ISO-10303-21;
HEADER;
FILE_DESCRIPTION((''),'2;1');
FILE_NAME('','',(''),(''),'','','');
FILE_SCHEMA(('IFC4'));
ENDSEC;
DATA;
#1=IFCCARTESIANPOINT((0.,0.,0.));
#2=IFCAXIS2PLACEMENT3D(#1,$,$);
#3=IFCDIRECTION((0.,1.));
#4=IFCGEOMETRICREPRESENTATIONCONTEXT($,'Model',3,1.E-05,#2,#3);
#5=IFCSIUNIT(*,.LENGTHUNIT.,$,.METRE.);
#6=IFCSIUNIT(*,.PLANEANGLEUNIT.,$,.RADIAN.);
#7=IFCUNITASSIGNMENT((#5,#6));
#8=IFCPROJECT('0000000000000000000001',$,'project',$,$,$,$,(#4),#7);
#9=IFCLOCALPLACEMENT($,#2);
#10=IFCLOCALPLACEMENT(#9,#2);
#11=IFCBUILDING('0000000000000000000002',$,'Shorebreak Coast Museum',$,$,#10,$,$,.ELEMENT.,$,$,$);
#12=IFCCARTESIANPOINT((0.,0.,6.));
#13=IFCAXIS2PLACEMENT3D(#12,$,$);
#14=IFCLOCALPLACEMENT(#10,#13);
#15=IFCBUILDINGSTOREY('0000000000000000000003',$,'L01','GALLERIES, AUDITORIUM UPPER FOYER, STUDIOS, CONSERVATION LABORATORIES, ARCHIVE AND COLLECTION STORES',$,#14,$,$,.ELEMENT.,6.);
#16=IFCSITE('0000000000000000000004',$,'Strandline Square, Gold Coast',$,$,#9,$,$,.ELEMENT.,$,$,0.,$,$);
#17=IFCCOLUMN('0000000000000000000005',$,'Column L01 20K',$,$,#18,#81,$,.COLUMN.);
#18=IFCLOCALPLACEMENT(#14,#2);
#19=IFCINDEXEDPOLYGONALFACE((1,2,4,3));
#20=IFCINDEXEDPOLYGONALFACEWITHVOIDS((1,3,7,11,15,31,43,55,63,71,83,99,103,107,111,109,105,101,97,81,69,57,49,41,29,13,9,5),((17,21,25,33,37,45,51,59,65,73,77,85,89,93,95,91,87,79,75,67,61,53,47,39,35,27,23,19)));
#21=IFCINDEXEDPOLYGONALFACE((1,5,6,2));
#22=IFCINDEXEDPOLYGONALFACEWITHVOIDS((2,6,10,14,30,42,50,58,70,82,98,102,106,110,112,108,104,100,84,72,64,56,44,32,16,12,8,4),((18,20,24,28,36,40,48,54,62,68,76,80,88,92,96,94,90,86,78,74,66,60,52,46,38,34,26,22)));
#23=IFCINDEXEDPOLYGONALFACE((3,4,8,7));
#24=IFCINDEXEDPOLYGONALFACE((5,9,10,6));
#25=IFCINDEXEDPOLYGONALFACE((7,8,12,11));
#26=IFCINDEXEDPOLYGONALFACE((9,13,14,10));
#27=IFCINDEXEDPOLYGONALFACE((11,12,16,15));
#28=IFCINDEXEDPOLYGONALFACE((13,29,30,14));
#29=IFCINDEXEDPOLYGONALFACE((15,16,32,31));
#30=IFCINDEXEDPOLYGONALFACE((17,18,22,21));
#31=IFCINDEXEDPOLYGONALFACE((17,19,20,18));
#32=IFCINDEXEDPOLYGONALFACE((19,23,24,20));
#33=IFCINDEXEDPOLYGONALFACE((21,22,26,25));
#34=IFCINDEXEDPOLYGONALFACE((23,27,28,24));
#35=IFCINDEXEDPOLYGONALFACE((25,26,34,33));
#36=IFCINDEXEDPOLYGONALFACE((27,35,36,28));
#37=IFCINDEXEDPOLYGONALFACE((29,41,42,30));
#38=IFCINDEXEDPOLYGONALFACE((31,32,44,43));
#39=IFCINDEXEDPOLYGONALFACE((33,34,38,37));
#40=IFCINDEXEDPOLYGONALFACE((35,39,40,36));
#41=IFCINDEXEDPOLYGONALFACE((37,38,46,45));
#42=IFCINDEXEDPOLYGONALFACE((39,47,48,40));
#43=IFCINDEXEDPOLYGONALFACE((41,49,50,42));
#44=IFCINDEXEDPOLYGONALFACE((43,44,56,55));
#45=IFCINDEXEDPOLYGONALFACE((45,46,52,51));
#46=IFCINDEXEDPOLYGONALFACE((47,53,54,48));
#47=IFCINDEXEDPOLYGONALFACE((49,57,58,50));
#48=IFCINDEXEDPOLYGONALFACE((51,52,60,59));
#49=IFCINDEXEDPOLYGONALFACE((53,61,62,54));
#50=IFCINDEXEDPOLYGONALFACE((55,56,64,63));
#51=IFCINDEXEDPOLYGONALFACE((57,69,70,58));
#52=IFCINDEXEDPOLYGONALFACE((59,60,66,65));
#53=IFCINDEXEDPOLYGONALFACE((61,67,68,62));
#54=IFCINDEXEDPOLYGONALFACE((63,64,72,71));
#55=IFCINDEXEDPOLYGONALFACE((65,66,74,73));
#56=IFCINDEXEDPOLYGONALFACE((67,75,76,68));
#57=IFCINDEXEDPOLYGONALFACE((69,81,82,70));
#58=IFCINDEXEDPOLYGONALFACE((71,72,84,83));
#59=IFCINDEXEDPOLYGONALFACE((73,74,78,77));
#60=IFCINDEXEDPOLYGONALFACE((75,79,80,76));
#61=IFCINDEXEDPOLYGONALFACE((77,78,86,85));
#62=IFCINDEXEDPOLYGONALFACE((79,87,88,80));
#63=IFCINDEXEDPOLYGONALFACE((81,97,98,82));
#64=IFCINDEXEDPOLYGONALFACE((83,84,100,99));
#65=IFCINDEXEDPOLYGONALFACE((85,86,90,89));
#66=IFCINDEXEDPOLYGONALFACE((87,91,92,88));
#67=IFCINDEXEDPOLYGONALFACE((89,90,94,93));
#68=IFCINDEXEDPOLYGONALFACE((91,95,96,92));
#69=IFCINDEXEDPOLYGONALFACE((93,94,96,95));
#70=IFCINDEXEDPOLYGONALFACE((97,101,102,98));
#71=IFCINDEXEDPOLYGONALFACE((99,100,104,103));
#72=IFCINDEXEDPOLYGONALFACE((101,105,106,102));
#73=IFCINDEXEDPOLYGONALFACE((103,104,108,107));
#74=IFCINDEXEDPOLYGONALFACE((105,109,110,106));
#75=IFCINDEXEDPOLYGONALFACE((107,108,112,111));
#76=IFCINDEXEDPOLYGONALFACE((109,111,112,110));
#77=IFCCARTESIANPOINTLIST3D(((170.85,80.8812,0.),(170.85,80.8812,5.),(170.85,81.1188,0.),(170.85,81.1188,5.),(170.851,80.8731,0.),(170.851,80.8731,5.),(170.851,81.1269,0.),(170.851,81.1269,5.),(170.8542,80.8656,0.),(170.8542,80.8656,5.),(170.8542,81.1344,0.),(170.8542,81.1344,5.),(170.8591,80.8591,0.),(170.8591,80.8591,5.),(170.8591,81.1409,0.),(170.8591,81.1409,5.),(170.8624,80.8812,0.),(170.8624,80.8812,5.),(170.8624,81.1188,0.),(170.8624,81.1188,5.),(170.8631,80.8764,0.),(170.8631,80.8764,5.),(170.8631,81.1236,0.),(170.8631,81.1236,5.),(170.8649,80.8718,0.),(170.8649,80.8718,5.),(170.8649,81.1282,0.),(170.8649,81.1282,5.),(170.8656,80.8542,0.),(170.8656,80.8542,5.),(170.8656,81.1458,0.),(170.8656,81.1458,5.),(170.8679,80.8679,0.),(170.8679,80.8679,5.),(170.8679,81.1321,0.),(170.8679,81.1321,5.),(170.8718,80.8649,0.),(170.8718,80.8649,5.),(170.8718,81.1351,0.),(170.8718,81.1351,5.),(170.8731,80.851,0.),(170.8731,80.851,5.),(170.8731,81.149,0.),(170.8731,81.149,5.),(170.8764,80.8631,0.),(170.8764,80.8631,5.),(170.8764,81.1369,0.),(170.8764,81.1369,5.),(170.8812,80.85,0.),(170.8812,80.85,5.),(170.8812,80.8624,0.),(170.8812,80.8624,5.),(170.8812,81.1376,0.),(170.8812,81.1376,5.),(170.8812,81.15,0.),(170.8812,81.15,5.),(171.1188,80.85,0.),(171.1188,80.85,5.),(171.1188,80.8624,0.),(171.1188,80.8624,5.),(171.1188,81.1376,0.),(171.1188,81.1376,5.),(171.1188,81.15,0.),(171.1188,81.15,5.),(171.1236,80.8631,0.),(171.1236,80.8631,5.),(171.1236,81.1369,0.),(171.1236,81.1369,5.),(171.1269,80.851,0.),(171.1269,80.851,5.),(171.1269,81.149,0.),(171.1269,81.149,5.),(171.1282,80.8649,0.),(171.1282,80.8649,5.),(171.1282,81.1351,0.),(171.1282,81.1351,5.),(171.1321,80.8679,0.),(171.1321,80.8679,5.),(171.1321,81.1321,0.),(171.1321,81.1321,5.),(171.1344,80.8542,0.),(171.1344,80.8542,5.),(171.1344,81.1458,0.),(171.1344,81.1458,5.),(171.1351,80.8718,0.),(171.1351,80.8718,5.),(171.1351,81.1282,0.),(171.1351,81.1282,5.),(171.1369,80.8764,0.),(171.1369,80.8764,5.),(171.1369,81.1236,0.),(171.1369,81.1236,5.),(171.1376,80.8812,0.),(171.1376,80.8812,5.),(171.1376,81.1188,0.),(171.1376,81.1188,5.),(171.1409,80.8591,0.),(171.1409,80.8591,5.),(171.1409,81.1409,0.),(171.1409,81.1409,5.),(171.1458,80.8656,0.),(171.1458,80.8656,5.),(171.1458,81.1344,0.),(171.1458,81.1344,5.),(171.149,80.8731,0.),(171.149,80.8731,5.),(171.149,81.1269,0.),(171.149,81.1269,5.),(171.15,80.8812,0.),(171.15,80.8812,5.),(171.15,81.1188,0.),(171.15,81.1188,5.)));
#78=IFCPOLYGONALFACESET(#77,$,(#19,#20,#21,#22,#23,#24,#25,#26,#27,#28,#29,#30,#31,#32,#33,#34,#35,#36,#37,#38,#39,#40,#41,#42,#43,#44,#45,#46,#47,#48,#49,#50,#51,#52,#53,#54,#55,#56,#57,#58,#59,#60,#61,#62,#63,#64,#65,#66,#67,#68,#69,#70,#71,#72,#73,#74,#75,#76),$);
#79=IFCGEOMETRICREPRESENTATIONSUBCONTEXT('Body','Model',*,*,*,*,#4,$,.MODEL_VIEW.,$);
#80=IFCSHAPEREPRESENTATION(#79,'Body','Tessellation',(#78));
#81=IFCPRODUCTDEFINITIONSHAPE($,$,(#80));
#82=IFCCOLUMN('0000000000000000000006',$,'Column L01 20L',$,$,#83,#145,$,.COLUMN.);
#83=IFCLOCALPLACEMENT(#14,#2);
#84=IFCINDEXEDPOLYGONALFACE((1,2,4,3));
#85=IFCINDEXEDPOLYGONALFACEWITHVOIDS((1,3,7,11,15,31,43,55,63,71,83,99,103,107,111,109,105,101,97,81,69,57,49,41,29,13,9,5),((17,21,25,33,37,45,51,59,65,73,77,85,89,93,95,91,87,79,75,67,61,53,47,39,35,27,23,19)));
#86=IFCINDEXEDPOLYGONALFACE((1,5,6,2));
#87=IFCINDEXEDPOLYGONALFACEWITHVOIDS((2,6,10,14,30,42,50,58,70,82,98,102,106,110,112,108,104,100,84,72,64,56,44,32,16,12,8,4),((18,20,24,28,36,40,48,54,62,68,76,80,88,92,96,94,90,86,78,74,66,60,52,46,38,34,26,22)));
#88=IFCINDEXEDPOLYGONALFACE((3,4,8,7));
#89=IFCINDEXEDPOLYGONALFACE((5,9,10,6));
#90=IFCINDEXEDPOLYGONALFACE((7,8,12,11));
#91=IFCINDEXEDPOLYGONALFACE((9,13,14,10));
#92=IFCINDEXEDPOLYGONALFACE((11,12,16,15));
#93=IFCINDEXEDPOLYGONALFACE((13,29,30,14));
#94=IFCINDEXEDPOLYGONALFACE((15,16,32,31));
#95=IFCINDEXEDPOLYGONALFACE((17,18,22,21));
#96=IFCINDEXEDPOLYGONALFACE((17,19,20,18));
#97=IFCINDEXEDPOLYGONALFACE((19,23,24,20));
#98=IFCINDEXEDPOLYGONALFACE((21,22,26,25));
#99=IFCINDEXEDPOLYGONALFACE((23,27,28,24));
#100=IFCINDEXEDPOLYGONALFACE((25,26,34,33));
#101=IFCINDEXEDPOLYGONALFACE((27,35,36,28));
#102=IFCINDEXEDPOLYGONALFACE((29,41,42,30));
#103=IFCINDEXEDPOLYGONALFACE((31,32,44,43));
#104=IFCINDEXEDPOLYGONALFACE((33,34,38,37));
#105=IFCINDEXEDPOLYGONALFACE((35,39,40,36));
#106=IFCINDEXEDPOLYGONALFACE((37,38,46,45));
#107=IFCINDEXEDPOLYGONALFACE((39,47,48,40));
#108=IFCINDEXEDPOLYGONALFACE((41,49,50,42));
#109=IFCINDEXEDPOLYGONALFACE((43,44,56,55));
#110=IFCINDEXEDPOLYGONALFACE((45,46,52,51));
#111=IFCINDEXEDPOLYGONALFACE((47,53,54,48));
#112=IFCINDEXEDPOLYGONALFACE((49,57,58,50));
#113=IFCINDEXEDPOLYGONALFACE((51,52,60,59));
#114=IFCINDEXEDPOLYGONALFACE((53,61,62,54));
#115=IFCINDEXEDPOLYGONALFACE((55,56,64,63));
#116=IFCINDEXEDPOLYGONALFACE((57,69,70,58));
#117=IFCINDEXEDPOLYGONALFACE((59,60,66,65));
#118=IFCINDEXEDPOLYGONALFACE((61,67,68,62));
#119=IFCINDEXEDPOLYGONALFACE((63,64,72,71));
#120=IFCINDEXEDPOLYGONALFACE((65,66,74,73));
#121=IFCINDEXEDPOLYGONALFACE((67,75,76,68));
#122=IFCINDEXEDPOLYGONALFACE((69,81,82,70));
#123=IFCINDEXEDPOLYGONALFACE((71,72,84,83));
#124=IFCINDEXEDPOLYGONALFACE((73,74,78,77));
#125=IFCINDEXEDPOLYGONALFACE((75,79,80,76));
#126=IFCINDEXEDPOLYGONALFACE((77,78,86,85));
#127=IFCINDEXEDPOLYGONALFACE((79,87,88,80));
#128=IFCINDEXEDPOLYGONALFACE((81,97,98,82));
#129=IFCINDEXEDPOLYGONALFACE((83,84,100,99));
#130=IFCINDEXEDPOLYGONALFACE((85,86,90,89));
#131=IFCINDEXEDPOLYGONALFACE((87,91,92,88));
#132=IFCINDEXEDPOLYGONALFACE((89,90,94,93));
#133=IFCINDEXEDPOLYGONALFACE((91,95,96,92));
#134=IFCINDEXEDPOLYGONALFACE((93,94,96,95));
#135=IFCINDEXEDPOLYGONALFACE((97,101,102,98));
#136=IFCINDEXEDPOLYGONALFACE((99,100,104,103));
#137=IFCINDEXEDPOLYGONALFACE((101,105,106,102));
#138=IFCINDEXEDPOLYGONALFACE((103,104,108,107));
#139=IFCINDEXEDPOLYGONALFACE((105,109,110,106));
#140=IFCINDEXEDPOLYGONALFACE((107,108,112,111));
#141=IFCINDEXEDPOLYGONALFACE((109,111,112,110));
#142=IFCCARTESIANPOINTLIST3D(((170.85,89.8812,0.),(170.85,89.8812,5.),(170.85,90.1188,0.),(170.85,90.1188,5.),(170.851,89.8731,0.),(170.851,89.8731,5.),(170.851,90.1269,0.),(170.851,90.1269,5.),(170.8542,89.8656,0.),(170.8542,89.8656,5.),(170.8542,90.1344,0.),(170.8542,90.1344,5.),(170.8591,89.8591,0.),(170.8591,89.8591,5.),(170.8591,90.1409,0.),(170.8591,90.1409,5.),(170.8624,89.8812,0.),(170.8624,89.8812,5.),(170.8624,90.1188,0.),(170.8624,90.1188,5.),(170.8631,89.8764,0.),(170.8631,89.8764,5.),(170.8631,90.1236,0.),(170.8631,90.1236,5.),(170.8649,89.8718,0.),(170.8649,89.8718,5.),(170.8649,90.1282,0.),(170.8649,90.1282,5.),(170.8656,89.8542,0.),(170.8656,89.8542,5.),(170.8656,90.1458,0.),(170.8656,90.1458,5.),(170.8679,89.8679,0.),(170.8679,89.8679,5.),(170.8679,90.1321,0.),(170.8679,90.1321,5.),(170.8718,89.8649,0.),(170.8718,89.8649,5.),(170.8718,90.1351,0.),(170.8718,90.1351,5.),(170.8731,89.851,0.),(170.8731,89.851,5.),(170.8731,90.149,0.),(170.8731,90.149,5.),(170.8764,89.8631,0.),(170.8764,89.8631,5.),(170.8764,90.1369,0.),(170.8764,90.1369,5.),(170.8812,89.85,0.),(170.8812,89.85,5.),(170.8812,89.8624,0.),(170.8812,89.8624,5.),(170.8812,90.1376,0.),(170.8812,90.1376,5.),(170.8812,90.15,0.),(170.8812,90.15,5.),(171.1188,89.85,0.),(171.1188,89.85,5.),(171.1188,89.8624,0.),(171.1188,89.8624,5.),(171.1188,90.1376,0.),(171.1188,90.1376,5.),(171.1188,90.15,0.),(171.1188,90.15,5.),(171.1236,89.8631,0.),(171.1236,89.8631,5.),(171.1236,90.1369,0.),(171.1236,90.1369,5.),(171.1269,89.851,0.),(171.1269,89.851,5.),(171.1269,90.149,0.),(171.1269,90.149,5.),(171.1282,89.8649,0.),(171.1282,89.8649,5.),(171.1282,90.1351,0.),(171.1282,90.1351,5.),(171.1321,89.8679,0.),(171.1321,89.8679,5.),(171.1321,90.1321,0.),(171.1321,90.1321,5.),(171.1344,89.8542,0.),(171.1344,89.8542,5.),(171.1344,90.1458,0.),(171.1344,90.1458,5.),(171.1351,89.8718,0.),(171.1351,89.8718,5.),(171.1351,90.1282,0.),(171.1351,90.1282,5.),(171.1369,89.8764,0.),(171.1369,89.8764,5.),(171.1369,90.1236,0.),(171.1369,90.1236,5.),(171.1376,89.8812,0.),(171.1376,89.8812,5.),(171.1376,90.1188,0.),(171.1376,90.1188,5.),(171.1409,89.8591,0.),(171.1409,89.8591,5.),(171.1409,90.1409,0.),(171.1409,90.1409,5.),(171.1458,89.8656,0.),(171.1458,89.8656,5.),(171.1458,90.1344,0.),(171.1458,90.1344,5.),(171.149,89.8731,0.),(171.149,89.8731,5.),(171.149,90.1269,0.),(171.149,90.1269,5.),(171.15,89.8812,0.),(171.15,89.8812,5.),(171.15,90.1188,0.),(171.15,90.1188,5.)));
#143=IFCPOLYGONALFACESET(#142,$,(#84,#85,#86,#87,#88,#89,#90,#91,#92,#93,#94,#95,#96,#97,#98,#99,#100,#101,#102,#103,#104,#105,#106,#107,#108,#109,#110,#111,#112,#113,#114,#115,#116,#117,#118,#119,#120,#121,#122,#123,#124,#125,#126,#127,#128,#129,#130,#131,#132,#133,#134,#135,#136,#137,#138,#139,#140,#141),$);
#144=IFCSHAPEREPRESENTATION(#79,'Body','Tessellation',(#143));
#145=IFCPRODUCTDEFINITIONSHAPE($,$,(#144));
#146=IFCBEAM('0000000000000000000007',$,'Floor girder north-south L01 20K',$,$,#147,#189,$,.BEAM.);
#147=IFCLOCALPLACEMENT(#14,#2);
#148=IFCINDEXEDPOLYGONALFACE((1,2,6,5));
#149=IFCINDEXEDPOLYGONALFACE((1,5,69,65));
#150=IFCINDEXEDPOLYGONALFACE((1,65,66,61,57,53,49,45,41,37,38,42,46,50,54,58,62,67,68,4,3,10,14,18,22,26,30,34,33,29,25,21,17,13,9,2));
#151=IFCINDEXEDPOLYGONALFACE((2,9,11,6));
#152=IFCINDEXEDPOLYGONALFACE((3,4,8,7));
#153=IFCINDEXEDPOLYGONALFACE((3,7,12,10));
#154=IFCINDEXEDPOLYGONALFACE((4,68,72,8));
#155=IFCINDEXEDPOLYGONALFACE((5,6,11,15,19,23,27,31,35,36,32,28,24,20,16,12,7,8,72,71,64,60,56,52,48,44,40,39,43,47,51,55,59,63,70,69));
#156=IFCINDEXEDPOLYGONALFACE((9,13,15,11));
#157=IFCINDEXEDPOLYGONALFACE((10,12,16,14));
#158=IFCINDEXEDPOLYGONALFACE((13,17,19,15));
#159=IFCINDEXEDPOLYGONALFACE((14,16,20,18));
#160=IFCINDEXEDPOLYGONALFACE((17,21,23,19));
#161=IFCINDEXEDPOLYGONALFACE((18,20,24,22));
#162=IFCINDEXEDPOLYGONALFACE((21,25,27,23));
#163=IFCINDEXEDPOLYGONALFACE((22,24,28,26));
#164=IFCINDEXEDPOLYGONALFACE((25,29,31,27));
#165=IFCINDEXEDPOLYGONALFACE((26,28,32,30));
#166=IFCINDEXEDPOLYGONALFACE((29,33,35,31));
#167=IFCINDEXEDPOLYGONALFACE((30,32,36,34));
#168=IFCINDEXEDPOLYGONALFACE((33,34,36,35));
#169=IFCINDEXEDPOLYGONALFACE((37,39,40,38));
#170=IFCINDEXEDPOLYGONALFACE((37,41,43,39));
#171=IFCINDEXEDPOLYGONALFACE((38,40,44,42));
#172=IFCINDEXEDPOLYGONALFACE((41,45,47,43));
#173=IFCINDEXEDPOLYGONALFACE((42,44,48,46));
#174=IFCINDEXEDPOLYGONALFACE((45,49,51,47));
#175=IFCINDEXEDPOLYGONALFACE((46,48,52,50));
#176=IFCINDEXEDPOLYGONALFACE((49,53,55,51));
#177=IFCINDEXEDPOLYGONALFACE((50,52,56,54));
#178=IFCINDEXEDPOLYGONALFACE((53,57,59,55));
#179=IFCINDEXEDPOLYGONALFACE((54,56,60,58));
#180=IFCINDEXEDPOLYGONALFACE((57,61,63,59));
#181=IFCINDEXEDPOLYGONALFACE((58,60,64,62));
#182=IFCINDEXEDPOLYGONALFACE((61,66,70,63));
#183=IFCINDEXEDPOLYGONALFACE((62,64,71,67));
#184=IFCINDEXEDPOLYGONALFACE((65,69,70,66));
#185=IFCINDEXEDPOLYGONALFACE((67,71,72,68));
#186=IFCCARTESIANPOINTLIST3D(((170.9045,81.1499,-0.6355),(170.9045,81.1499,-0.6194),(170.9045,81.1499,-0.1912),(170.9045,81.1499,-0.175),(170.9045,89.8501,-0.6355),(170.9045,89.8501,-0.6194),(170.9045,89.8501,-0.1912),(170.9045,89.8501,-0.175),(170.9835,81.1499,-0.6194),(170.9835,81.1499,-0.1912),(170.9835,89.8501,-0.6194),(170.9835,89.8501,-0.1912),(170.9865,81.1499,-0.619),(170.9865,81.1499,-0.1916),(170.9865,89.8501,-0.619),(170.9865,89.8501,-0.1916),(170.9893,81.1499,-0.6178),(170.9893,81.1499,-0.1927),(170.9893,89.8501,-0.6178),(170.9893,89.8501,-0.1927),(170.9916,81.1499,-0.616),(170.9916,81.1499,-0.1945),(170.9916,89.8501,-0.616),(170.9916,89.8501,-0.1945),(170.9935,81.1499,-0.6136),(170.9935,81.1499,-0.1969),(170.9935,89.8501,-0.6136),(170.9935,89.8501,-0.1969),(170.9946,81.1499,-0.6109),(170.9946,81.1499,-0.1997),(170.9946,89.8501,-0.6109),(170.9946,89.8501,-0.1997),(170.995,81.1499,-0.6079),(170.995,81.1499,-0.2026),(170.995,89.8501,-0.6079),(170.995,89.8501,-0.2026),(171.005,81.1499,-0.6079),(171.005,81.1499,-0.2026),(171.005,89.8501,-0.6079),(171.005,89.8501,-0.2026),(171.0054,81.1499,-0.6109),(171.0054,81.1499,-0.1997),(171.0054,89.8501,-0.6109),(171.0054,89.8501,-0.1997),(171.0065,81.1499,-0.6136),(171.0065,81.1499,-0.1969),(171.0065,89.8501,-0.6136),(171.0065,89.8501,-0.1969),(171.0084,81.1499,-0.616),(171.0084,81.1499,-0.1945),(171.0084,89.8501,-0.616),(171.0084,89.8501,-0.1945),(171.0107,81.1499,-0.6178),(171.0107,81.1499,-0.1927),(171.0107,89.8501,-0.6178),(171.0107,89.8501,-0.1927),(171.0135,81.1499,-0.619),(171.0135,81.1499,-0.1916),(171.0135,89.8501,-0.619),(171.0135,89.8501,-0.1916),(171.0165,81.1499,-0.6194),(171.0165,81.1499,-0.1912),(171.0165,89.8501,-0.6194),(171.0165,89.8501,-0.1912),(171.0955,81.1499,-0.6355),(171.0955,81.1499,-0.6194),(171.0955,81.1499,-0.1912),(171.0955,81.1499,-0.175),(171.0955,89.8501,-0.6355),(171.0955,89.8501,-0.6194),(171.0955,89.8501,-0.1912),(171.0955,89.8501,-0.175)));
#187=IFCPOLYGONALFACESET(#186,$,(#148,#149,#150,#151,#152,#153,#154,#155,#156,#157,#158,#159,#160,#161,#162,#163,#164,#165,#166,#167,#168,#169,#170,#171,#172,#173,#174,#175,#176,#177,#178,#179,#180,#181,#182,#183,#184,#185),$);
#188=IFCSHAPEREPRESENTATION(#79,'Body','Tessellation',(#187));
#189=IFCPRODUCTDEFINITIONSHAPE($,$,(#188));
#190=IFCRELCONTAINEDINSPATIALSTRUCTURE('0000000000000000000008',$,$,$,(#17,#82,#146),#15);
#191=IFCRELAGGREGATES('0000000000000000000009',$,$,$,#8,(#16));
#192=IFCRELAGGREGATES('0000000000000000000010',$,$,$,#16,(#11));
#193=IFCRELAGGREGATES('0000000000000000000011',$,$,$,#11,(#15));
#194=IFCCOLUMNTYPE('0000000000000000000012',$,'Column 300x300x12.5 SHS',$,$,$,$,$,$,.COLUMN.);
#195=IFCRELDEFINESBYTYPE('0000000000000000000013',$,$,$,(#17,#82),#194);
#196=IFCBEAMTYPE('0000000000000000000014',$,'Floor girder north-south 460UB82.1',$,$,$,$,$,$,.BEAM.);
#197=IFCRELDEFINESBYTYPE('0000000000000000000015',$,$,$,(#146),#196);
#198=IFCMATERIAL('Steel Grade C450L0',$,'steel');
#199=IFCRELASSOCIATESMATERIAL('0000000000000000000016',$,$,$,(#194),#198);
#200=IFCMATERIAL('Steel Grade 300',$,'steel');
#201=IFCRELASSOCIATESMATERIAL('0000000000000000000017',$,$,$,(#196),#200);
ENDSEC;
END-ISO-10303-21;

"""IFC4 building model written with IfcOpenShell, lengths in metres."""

from ifc_helpers import new_model, si_unit, direction, frame, origin, origin_2d, place, context, subcontext, project, spatial, hollow_rectangle, i_section, extrude, material, material_profile, profile_set, type_object, element, save


model = new_model("IFC4")

# Units and contexts
model_context = context("Model", 3, precision=1e-05, world=origin(), true_north=direction((0.0, 1.0)))
body_context = subcontext(model_context, "Body", "Model", "MODEL_VIEW")
ifc_project = project(units=[si_unit("LENGTHUNIT", "METRE"), si_unit("PLANEANGLEUNIT", "RADIAN")], contexts=[model_context])

# Site, building, storey
site_placement = place(None, origin())
site = spatial("IfcSite", under=ifc_project, at=site_placement, Name="Strandline Square, Gold Coast", CompositionType="ELEMENT", RefElevation=0.0)
building_placement = place(site_placement, origin())
building = spatial("IfcBuilding", under=site, at=building_placement, Name="Shorebreak Coast Museum", CompositionType="ELEMENT")
storey_placement = place(building_placement, frame((0.0, 0.0, 6.0)))
storey = spatial("IfcBuildingStorey", under=building, at=storey_placement, Name="L01", Description="GALLERIES, AUDITORIUM UPPER FOYER, STUDIOS, CONSERVATION LABORATORIES, ARCHIVE AND COLLECTION STORES", CompositionType="ELEMENT", Elevation=6.0)

# Columns
ifc_material_1 = material(Name="Steel Grade C450L0", Category="steel")
ifc_material_profile_1 = material_profile(ifc_material_1, hollow_rectangle(XDim=0.3, YDim=0.3, WallThickness=0.0125, InnerFilletRadius=0.0188, OuterFilletRadius=0.0312, at=origin_2d()), Name="300x300x12.5 SHS")
ifc_profile_set_1 = profile_set([ifc_material_profile_1], Name="Steel Grade C450L0")
column_type = type_object("IfcColumnType", Name="Column 300x300x12.5 SHS", PredefinedType="COLUMN", material=ifc_profile_set_1)
for number, where, z_axis, x_axis, name in (
    (1, (171.0, 81.0, 0.0), (0.0, 0.0, 1.0), (1.0, 0.0, 0.0), "Column L01 20K"),
    (2, (171.0, 90.0, 0.0), (0.0, 0.0, 1.0), (1.0, 0.0, 0.0), "Column L01 20L"),
):
    element("IfcColumn", number, at=place(storey_placement, frame(where, z_axis=z_axis, x_axis=x_axis)), inside=storey, type_object=column_type, Name=name, PredefinedType="COLUMN", context=body_context, shape_type="SweptSolid", body=[
        extrude(hollow_rectangle(XDim=0.3, YDim=0.3, WallThickness=0.0125, InnerFilletRadius=0.0188, OuterFilletRadius=0.0312, at=origin_2d()), origin(), (0.0, 0.0, 1.0), 5.0),
    ])

# Beam
ifc_material_2 = material(Name="Steel Grade 300", Category="steel")
ifc_material_profile_2 = material_profile(ifc_material_2, i_section(OverallWidth=0.1909, OverallDepth=0.4604, WebThickness=0.01, FlangeThickness=0.0161, FilletRadius=0.0115, at=origin_2d()), Name="460UB82.1")
ifc_profile_set_2 = profile_set([ifc_material_profile_2], Name="Steel Grade 300")
beam_type = type_object("IfcBeamType", Name="Floor girder north-south 460UB82.1", PredefinedType="BEAM", material=ifc_profile_set_2)
beam_placement = place(storey_placement, frame((171.0, 81.1499, -0.4053), z_axis=(0.0, 1.0, 0.0), x_axis=(-1.0, 0.0, 0.0)))
element("IfcBeam", 3, at=beam_placement, inside=storey, type_object=beam_type, Name="Floor girder north-south L01 20K", PredefinedType="BEAM", context=body_context, shape_type="SweptSolid", body=[
    extrude(i_section(OverallWidth=0.1909, OverallDepth=0.4604, WebThickness=0.01, FlangeThickness=0.0161, FilletRadius=0.0115, at=origin_2d()), origin(), (0.0, 0.0, 1.0), 8.7002),
])

save(model, "model.ifc")
